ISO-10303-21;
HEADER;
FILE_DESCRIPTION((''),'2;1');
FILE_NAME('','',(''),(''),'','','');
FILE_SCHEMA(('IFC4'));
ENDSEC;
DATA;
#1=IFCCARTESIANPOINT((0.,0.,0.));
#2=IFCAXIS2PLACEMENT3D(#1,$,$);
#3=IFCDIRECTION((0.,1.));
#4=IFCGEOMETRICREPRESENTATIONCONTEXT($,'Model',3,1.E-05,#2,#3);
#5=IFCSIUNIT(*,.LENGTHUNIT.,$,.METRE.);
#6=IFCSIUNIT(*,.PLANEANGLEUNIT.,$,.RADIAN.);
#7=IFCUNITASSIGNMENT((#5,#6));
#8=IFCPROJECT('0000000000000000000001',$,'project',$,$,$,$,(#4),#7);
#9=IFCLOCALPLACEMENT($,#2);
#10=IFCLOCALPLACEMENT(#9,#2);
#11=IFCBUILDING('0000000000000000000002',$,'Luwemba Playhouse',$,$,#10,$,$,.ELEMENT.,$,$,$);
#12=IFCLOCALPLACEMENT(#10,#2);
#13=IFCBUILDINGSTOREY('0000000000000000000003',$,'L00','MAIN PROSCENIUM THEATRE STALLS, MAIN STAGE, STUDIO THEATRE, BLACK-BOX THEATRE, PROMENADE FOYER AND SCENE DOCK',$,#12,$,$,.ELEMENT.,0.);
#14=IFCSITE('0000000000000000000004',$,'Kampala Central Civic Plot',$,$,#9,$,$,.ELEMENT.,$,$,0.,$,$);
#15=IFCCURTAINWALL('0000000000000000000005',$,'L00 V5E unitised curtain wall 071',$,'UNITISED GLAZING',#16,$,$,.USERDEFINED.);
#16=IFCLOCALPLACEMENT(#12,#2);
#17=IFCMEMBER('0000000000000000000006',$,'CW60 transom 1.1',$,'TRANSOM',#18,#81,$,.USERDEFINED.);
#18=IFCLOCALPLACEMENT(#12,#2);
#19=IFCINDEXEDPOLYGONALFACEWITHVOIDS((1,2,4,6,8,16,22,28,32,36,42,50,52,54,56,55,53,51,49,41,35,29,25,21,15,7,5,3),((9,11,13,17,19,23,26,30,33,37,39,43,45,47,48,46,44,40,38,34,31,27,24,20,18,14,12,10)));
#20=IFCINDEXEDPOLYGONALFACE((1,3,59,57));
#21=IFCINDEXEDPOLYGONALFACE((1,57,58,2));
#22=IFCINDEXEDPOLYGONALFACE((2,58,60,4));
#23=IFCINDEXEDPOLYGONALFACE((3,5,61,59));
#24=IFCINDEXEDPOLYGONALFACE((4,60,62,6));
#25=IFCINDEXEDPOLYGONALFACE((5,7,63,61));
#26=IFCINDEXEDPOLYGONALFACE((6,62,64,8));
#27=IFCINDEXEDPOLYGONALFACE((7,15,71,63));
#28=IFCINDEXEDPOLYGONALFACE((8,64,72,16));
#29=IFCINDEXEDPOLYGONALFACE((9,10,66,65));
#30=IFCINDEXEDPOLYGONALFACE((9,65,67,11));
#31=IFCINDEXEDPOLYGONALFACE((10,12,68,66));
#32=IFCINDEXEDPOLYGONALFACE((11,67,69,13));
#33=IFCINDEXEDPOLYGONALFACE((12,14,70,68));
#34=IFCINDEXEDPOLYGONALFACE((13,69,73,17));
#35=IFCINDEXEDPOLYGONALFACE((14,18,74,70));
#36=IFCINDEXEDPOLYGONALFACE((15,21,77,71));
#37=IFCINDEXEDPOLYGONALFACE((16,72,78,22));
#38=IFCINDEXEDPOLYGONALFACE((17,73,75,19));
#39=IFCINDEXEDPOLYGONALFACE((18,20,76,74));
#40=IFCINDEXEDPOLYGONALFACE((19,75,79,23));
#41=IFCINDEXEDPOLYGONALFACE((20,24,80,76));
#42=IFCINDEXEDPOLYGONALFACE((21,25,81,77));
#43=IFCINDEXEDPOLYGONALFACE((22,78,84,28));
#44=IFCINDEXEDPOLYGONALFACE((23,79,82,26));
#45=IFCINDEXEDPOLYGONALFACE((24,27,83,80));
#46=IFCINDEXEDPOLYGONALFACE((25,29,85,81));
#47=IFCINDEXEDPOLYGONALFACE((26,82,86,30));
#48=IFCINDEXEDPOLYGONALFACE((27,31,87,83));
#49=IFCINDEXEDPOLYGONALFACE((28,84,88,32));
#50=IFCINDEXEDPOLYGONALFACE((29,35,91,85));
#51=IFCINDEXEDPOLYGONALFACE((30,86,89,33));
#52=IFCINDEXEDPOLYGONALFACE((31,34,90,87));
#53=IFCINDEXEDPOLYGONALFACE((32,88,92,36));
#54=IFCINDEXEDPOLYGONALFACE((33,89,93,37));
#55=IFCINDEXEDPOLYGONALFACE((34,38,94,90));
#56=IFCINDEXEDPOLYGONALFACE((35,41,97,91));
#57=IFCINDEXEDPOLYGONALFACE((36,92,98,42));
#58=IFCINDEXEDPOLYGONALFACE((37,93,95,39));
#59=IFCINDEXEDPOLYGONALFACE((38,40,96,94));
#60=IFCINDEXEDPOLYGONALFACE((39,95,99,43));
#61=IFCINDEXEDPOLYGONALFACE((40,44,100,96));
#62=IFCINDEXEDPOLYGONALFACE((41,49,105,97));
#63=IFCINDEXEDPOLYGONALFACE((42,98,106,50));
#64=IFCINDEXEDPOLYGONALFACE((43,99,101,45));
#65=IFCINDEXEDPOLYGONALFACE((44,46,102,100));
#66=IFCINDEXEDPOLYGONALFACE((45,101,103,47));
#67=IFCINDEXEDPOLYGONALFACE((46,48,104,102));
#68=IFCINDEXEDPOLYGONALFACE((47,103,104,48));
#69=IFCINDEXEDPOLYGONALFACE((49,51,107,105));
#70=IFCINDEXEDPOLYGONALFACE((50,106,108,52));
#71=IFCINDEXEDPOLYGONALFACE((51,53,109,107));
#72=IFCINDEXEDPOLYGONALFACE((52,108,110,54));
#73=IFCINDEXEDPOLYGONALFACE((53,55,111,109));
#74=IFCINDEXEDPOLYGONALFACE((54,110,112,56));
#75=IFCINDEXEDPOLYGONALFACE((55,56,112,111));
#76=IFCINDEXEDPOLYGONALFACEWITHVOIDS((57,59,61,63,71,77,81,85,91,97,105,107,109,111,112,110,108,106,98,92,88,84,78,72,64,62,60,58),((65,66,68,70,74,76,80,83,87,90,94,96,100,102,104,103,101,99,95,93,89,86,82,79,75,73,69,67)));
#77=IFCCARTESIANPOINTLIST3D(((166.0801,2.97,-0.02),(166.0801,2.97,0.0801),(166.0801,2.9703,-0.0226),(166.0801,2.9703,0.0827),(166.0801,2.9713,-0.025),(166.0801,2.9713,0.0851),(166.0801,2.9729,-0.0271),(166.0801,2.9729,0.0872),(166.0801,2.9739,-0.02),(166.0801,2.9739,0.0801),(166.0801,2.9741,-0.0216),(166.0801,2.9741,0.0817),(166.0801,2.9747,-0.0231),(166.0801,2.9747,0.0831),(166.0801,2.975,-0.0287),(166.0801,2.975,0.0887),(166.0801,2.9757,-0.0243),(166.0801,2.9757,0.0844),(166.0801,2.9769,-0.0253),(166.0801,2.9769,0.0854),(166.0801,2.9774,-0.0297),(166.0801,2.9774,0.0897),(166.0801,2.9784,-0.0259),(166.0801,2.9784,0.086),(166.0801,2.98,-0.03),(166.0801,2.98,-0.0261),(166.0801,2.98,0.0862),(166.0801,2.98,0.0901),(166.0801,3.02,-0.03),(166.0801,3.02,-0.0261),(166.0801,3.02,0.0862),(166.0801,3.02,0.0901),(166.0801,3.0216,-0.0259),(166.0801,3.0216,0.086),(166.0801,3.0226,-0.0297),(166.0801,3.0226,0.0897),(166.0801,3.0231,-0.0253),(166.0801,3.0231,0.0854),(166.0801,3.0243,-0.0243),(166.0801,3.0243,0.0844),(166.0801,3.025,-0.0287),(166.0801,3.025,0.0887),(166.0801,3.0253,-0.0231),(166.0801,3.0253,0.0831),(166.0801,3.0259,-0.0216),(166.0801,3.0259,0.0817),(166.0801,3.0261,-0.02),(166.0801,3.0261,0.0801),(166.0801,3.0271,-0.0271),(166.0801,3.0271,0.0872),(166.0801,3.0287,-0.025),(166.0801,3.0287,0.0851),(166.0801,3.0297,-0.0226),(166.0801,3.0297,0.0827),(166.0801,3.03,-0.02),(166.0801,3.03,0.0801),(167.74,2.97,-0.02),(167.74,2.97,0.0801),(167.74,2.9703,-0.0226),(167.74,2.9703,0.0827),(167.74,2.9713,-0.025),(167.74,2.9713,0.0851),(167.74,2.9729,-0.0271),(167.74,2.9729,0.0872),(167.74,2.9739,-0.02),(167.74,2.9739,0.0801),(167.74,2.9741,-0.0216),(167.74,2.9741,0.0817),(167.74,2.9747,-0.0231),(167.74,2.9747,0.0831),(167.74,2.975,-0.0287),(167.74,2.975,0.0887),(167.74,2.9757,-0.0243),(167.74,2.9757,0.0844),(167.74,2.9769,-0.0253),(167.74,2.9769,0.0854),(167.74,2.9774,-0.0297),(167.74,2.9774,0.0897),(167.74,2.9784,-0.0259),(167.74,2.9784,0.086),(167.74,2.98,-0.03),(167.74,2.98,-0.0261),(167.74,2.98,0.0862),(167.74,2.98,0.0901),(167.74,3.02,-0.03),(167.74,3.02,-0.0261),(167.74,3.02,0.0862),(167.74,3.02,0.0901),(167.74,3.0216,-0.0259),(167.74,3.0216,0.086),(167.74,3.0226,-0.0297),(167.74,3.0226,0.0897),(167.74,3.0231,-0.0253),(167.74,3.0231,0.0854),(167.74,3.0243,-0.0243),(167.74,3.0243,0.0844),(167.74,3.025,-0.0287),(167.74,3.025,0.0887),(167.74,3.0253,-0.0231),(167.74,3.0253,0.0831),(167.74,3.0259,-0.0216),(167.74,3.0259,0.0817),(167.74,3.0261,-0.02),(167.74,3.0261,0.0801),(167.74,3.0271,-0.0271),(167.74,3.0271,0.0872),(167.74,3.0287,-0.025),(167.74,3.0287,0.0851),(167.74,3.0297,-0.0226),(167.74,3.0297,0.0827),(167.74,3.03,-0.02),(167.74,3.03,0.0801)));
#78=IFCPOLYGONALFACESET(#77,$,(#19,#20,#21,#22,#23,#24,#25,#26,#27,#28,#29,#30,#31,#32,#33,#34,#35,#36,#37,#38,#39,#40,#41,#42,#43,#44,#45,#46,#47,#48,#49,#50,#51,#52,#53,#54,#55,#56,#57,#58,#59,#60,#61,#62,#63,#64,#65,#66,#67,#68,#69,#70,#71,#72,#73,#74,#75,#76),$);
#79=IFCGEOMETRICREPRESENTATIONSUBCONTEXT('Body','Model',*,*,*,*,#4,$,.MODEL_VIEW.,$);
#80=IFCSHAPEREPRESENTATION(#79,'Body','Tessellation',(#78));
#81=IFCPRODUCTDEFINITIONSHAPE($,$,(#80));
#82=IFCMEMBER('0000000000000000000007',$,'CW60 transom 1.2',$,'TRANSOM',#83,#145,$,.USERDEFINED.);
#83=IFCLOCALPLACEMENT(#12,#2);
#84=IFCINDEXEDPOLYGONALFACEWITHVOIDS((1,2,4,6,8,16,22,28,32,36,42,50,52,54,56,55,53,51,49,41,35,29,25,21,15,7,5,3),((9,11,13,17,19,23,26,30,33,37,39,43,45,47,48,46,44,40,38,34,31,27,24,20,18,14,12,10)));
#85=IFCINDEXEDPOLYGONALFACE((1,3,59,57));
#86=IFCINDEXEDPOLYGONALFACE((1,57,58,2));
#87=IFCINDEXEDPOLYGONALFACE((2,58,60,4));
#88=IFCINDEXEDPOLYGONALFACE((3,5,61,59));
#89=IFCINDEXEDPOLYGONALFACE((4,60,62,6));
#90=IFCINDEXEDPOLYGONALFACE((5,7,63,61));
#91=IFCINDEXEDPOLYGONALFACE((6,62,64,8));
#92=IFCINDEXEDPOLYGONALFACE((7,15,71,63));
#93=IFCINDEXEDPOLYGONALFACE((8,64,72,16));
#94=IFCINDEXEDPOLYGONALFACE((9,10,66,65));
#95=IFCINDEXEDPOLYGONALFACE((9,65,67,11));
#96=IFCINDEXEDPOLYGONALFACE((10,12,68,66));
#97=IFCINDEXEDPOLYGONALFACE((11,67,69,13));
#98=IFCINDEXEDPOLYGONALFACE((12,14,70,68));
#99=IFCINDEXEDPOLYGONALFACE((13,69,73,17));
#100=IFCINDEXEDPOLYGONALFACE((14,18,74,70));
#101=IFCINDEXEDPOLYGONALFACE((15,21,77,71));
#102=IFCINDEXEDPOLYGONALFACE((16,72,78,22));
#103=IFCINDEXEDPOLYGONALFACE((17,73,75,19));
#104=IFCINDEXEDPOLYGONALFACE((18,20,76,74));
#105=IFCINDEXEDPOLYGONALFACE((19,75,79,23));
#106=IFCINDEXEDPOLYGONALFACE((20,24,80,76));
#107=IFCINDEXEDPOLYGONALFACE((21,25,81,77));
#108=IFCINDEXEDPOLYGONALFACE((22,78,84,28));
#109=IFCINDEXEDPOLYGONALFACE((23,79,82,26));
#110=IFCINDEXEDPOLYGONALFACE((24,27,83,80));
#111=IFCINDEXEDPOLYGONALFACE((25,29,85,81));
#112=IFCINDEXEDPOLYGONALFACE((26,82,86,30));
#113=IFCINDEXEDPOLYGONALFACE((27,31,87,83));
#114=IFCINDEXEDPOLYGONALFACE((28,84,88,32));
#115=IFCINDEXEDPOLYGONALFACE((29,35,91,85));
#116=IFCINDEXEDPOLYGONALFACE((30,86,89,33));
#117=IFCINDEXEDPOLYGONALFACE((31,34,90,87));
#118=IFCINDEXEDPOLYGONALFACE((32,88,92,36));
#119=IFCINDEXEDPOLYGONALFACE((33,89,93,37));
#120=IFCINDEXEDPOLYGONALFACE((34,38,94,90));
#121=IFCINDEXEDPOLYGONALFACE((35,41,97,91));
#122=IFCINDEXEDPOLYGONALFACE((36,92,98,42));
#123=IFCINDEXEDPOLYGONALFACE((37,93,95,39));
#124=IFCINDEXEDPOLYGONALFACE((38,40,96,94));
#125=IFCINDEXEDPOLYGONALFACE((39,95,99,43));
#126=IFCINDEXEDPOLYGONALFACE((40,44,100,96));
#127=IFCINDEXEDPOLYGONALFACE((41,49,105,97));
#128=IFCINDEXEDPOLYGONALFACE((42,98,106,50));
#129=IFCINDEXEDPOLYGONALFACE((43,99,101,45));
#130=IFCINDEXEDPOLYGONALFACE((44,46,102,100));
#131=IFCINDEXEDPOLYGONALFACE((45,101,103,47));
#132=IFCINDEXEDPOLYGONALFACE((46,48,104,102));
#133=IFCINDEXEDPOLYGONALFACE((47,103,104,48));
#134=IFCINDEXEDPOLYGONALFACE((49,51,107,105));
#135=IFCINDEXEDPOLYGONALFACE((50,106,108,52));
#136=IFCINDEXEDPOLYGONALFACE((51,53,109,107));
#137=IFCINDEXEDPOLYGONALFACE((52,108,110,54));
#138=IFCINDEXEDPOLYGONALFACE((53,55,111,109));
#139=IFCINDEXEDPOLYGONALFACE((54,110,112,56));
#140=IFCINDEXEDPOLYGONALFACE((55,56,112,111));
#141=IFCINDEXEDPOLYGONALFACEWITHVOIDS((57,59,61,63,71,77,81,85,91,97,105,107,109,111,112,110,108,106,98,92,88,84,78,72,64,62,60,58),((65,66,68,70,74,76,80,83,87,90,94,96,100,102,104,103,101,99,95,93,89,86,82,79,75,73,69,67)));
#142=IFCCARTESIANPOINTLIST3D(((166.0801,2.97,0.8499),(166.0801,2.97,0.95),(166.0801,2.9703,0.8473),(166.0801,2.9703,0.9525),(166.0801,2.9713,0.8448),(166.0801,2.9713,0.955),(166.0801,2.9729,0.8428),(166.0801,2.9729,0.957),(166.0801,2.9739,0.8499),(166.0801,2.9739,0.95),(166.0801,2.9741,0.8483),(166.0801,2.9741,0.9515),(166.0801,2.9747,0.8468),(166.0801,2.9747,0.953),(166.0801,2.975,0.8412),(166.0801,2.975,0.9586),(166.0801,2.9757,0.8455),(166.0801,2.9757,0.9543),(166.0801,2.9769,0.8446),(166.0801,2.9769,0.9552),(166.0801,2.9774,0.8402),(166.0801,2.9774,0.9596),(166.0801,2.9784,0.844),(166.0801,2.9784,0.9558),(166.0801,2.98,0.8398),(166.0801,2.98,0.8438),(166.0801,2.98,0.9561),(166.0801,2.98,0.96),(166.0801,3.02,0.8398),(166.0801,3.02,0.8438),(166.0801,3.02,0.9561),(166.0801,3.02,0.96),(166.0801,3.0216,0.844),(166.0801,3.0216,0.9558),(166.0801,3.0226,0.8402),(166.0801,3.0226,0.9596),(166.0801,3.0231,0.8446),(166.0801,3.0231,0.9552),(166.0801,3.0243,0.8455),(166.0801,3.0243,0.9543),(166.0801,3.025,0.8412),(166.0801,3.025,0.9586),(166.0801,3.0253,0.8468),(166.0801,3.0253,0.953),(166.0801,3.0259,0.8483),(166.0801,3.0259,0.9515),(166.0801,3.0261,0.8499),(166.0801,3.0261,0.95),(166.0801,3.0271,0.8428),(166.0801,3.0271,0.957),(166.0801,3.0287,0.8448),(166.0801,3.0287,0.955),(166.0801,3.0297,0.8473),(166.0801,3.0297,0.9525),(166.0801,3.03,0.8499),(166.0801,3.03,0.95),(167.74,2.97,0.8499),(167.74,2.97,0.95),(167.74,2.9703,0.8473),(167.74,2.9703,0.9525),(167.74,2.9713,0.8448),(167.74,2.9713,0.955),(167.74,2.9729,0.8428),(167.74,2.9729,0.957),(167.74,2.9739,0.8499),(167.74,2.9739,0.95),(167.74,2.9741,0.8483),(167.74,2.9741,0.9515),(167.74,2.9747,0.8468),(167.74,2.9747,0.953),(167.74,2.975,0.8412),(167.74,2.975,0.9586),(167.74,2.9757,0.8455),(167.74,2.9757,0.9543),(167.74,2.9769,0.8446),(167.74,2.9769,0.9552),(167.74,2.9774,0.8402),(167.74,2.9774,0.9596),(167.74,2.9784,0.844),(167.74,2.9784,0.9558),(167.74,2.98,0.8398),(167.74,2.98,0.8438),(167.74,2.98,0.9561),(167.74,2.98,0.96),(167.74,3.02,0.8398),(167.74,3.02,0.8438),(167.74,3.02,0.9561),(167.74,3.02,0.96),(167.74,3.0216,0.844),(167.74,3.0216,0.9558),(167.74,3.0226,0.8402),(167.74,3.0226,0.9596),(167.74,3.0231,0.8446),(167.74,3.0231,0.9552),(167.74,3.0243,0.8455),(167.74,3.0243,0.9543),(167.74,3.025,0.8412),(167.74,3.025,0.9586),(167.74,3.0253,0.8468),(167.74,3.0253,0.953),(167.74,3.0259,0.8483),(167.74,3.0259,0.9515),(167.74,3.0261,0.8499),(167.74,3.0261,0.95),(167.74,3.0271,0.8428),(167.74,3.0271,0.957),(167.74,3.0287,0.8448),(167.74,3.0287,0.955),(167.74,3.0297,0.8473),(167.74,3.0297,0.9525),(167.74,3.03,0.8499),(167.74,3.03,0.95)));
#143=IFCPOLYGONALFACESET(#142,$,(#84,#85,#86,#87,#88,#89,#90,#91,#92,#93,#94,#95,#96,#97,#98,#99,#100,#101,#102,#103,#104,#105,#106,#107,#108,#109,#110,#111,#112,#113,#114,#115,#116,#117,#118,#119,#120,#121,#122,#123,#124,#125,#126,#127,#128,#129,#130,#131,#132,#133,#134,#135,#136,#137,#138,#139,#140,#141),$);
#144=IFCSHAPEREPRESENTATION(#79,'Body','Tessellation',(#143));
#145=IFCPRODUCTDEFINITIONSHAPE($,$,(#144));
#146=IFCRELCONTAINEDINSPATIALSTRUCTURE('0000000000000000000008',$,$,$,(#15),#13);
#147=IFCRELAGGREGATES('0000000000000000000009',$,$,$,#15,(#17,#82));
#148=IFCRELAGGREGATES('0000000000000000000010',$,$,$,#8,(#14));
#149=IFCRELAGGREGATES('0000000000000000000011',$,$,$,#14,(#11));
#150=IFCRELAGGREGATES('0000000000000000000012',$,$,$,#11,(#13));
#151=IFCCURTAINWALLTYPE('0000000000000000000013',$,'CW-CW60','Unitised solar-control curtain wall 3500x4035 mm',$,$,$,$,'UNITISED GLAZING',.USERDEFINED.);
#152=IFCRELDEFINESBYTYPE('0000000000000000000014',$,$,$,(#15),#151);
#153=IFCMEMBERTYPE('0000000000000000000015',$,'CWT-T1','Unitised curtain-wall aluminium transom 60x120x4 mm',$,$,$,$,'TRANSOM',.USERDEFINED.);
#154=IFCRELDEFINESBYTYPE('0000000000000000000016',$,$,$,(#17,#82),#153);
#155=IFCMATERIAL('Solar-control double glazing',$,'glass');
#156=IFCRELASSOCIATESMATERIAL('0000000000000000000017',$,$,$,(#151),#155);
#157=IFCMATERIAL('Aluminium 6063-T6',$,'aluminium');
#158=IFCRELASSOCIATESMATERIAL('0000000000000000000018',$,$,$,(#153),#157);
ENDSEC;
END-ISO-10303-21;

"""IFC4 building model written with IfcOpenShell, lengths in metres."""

from ifc_helpers import new_model, si_unit, direction, frame, origin, origin_2d, place, context, subcontext, project, spatial, hollow_rectangle, extrude, material, material_profile, profile_set, type_object, element, aggregate, save


model = new_model("IFC4")

# Units and contexts
model_context = context("Model", 3, precision=1e-05, world=origin(), true_north=direction((0.0, 1.0)))
body_context = subcontext(model_context, "Body", "Model", "MODEL_VIEW")
ifc_project = project(units=[si_unit("LENGTHUNIT", "METRE"), si_unit("PLANEANGLEUNIT", "RADIAN")], contexts=[model_context])

# Site, building, storey
site_placement = place(None, origin())
site = spatial("IfcSite", under=ifc_project, at=site_placement, Name="Kampala Central Civic Plot", CompositionType="ELEMENT", RefElevation=0.0)
building_placement = place(site_placement, origin())
building = spatial("IfcBuilding", under=site, at=building_placement, Name="Luwemba Playhouse", CompositionType="ELEMENT")
storey_placement = place(building_placement, origin())
storey = spatial("IfcBuildingStorey", under=building, at=storey_placement, Name="L00", Description="MAIN PROSCENIUM THEATRE STALLS, MAIN STAGE, STUDIO THEATRE, BLACK-BOX THEATRE, PROMENADE FOYER AND SCENE DOCK", CompositionType="ELEMENT", Elevation=0.0)

# Curtain wall, members
ifc_material_1 = material(Name="Solar-control double glazing", Category="glass")
curtain_wall_type = type_object("IfcCurtainWallType", Name="CW-CW60", Description="Unitised solar-control curtain wall 3500x4035 mm", ElementType="UNITISED GLAZING", PredefinedType="USERDEFINED", material=ifc_material_1)
curtain_wall_placement = place(storey_placement, origin())
curtain_wall = element("IfcCurtainWall", 1, at=curtain_wall_placement, inside=storey, type_object=curtain_wall_type, Name="L00 V5E unitised curtain wall 071", ObjectType="UNITISED GLAZING", PredefinedType="USERDEFINED")
ifc_material_2 = material(Name="Aluminium 6063-T6", Category="aluminium")
ifc_material_profile_1 = material_profile(ifc_material_2, hollow_rectangle(XDim=0.0601, YDim=0.1201, WallThickness=0.0039, InnerFilletRadius=0.0061, OuterFilletRadius=0.01, at=origin_2d()))
ifc_profile_set_1 = profile_set([ifc_material_profile_1], Name="Aluminium 6063-T6")
member_type_1 = type_object("IfcMemberType", Name="CWT-T1", Description="Unitised curtain-wall aluminium transom 60x120x4 mm", ElementType="TRANSOM", PredefinedType="USERDEFINED", material=ifc_profile_set_1)
member_1_placement = place(storey_placement, frame((167.74, 3.0, 0.03), z_axis=(-1.0, 0.0, 0.0), x_axis=(0.0, -1.0, 0.0)))
member_1 = element("IfcMember", 2, at=member_1_placement, type_object=member_type_1, Name="CW60 transom 1.1", ObjectType="TRANSOM", PredefinedType="USERDEFINED", context=body_context, shape_type="SweptSolid", body=[
    extrude(hollow_rectangle(XDim=0.0601, YDim=0.1201, WallThickness=0.0039, InnerFilletRadius=0.0061, OuterFilletRadius=0.01, at=origin_2d()), origin(), (0.0, 0.0, 1.0), 1.6599),
])
member_2_placement = place(storey_placement, frame((167.74, 3.0, 0.8999), z_axis=(-1.0, 0.0, 0.0), x_axis=(0.0, -1.0, 0.0)))
member_2 = element("IfcMember", 3, at=member_2_placement, type_object=member_type_1, Name="CW60 transom 1.2", ObjectType="TRANSOM", PredefinedType="USERDEFINED", context=body_context, shape_type="SweptSolid", body=[
    extrude(hollow_rectangle(XDim=0.0601, YDim=0.1201, WallThickness=0.0039, InnerFilletRadius=0.0061, OuterFilletRadius=0.01, at=origin_2d()), origin(), (0.0, 0.0, 1.0), 1.6599),
])
aggregate(curtain_wall, [member_1, member_2])

save(model, "model.ifc")
